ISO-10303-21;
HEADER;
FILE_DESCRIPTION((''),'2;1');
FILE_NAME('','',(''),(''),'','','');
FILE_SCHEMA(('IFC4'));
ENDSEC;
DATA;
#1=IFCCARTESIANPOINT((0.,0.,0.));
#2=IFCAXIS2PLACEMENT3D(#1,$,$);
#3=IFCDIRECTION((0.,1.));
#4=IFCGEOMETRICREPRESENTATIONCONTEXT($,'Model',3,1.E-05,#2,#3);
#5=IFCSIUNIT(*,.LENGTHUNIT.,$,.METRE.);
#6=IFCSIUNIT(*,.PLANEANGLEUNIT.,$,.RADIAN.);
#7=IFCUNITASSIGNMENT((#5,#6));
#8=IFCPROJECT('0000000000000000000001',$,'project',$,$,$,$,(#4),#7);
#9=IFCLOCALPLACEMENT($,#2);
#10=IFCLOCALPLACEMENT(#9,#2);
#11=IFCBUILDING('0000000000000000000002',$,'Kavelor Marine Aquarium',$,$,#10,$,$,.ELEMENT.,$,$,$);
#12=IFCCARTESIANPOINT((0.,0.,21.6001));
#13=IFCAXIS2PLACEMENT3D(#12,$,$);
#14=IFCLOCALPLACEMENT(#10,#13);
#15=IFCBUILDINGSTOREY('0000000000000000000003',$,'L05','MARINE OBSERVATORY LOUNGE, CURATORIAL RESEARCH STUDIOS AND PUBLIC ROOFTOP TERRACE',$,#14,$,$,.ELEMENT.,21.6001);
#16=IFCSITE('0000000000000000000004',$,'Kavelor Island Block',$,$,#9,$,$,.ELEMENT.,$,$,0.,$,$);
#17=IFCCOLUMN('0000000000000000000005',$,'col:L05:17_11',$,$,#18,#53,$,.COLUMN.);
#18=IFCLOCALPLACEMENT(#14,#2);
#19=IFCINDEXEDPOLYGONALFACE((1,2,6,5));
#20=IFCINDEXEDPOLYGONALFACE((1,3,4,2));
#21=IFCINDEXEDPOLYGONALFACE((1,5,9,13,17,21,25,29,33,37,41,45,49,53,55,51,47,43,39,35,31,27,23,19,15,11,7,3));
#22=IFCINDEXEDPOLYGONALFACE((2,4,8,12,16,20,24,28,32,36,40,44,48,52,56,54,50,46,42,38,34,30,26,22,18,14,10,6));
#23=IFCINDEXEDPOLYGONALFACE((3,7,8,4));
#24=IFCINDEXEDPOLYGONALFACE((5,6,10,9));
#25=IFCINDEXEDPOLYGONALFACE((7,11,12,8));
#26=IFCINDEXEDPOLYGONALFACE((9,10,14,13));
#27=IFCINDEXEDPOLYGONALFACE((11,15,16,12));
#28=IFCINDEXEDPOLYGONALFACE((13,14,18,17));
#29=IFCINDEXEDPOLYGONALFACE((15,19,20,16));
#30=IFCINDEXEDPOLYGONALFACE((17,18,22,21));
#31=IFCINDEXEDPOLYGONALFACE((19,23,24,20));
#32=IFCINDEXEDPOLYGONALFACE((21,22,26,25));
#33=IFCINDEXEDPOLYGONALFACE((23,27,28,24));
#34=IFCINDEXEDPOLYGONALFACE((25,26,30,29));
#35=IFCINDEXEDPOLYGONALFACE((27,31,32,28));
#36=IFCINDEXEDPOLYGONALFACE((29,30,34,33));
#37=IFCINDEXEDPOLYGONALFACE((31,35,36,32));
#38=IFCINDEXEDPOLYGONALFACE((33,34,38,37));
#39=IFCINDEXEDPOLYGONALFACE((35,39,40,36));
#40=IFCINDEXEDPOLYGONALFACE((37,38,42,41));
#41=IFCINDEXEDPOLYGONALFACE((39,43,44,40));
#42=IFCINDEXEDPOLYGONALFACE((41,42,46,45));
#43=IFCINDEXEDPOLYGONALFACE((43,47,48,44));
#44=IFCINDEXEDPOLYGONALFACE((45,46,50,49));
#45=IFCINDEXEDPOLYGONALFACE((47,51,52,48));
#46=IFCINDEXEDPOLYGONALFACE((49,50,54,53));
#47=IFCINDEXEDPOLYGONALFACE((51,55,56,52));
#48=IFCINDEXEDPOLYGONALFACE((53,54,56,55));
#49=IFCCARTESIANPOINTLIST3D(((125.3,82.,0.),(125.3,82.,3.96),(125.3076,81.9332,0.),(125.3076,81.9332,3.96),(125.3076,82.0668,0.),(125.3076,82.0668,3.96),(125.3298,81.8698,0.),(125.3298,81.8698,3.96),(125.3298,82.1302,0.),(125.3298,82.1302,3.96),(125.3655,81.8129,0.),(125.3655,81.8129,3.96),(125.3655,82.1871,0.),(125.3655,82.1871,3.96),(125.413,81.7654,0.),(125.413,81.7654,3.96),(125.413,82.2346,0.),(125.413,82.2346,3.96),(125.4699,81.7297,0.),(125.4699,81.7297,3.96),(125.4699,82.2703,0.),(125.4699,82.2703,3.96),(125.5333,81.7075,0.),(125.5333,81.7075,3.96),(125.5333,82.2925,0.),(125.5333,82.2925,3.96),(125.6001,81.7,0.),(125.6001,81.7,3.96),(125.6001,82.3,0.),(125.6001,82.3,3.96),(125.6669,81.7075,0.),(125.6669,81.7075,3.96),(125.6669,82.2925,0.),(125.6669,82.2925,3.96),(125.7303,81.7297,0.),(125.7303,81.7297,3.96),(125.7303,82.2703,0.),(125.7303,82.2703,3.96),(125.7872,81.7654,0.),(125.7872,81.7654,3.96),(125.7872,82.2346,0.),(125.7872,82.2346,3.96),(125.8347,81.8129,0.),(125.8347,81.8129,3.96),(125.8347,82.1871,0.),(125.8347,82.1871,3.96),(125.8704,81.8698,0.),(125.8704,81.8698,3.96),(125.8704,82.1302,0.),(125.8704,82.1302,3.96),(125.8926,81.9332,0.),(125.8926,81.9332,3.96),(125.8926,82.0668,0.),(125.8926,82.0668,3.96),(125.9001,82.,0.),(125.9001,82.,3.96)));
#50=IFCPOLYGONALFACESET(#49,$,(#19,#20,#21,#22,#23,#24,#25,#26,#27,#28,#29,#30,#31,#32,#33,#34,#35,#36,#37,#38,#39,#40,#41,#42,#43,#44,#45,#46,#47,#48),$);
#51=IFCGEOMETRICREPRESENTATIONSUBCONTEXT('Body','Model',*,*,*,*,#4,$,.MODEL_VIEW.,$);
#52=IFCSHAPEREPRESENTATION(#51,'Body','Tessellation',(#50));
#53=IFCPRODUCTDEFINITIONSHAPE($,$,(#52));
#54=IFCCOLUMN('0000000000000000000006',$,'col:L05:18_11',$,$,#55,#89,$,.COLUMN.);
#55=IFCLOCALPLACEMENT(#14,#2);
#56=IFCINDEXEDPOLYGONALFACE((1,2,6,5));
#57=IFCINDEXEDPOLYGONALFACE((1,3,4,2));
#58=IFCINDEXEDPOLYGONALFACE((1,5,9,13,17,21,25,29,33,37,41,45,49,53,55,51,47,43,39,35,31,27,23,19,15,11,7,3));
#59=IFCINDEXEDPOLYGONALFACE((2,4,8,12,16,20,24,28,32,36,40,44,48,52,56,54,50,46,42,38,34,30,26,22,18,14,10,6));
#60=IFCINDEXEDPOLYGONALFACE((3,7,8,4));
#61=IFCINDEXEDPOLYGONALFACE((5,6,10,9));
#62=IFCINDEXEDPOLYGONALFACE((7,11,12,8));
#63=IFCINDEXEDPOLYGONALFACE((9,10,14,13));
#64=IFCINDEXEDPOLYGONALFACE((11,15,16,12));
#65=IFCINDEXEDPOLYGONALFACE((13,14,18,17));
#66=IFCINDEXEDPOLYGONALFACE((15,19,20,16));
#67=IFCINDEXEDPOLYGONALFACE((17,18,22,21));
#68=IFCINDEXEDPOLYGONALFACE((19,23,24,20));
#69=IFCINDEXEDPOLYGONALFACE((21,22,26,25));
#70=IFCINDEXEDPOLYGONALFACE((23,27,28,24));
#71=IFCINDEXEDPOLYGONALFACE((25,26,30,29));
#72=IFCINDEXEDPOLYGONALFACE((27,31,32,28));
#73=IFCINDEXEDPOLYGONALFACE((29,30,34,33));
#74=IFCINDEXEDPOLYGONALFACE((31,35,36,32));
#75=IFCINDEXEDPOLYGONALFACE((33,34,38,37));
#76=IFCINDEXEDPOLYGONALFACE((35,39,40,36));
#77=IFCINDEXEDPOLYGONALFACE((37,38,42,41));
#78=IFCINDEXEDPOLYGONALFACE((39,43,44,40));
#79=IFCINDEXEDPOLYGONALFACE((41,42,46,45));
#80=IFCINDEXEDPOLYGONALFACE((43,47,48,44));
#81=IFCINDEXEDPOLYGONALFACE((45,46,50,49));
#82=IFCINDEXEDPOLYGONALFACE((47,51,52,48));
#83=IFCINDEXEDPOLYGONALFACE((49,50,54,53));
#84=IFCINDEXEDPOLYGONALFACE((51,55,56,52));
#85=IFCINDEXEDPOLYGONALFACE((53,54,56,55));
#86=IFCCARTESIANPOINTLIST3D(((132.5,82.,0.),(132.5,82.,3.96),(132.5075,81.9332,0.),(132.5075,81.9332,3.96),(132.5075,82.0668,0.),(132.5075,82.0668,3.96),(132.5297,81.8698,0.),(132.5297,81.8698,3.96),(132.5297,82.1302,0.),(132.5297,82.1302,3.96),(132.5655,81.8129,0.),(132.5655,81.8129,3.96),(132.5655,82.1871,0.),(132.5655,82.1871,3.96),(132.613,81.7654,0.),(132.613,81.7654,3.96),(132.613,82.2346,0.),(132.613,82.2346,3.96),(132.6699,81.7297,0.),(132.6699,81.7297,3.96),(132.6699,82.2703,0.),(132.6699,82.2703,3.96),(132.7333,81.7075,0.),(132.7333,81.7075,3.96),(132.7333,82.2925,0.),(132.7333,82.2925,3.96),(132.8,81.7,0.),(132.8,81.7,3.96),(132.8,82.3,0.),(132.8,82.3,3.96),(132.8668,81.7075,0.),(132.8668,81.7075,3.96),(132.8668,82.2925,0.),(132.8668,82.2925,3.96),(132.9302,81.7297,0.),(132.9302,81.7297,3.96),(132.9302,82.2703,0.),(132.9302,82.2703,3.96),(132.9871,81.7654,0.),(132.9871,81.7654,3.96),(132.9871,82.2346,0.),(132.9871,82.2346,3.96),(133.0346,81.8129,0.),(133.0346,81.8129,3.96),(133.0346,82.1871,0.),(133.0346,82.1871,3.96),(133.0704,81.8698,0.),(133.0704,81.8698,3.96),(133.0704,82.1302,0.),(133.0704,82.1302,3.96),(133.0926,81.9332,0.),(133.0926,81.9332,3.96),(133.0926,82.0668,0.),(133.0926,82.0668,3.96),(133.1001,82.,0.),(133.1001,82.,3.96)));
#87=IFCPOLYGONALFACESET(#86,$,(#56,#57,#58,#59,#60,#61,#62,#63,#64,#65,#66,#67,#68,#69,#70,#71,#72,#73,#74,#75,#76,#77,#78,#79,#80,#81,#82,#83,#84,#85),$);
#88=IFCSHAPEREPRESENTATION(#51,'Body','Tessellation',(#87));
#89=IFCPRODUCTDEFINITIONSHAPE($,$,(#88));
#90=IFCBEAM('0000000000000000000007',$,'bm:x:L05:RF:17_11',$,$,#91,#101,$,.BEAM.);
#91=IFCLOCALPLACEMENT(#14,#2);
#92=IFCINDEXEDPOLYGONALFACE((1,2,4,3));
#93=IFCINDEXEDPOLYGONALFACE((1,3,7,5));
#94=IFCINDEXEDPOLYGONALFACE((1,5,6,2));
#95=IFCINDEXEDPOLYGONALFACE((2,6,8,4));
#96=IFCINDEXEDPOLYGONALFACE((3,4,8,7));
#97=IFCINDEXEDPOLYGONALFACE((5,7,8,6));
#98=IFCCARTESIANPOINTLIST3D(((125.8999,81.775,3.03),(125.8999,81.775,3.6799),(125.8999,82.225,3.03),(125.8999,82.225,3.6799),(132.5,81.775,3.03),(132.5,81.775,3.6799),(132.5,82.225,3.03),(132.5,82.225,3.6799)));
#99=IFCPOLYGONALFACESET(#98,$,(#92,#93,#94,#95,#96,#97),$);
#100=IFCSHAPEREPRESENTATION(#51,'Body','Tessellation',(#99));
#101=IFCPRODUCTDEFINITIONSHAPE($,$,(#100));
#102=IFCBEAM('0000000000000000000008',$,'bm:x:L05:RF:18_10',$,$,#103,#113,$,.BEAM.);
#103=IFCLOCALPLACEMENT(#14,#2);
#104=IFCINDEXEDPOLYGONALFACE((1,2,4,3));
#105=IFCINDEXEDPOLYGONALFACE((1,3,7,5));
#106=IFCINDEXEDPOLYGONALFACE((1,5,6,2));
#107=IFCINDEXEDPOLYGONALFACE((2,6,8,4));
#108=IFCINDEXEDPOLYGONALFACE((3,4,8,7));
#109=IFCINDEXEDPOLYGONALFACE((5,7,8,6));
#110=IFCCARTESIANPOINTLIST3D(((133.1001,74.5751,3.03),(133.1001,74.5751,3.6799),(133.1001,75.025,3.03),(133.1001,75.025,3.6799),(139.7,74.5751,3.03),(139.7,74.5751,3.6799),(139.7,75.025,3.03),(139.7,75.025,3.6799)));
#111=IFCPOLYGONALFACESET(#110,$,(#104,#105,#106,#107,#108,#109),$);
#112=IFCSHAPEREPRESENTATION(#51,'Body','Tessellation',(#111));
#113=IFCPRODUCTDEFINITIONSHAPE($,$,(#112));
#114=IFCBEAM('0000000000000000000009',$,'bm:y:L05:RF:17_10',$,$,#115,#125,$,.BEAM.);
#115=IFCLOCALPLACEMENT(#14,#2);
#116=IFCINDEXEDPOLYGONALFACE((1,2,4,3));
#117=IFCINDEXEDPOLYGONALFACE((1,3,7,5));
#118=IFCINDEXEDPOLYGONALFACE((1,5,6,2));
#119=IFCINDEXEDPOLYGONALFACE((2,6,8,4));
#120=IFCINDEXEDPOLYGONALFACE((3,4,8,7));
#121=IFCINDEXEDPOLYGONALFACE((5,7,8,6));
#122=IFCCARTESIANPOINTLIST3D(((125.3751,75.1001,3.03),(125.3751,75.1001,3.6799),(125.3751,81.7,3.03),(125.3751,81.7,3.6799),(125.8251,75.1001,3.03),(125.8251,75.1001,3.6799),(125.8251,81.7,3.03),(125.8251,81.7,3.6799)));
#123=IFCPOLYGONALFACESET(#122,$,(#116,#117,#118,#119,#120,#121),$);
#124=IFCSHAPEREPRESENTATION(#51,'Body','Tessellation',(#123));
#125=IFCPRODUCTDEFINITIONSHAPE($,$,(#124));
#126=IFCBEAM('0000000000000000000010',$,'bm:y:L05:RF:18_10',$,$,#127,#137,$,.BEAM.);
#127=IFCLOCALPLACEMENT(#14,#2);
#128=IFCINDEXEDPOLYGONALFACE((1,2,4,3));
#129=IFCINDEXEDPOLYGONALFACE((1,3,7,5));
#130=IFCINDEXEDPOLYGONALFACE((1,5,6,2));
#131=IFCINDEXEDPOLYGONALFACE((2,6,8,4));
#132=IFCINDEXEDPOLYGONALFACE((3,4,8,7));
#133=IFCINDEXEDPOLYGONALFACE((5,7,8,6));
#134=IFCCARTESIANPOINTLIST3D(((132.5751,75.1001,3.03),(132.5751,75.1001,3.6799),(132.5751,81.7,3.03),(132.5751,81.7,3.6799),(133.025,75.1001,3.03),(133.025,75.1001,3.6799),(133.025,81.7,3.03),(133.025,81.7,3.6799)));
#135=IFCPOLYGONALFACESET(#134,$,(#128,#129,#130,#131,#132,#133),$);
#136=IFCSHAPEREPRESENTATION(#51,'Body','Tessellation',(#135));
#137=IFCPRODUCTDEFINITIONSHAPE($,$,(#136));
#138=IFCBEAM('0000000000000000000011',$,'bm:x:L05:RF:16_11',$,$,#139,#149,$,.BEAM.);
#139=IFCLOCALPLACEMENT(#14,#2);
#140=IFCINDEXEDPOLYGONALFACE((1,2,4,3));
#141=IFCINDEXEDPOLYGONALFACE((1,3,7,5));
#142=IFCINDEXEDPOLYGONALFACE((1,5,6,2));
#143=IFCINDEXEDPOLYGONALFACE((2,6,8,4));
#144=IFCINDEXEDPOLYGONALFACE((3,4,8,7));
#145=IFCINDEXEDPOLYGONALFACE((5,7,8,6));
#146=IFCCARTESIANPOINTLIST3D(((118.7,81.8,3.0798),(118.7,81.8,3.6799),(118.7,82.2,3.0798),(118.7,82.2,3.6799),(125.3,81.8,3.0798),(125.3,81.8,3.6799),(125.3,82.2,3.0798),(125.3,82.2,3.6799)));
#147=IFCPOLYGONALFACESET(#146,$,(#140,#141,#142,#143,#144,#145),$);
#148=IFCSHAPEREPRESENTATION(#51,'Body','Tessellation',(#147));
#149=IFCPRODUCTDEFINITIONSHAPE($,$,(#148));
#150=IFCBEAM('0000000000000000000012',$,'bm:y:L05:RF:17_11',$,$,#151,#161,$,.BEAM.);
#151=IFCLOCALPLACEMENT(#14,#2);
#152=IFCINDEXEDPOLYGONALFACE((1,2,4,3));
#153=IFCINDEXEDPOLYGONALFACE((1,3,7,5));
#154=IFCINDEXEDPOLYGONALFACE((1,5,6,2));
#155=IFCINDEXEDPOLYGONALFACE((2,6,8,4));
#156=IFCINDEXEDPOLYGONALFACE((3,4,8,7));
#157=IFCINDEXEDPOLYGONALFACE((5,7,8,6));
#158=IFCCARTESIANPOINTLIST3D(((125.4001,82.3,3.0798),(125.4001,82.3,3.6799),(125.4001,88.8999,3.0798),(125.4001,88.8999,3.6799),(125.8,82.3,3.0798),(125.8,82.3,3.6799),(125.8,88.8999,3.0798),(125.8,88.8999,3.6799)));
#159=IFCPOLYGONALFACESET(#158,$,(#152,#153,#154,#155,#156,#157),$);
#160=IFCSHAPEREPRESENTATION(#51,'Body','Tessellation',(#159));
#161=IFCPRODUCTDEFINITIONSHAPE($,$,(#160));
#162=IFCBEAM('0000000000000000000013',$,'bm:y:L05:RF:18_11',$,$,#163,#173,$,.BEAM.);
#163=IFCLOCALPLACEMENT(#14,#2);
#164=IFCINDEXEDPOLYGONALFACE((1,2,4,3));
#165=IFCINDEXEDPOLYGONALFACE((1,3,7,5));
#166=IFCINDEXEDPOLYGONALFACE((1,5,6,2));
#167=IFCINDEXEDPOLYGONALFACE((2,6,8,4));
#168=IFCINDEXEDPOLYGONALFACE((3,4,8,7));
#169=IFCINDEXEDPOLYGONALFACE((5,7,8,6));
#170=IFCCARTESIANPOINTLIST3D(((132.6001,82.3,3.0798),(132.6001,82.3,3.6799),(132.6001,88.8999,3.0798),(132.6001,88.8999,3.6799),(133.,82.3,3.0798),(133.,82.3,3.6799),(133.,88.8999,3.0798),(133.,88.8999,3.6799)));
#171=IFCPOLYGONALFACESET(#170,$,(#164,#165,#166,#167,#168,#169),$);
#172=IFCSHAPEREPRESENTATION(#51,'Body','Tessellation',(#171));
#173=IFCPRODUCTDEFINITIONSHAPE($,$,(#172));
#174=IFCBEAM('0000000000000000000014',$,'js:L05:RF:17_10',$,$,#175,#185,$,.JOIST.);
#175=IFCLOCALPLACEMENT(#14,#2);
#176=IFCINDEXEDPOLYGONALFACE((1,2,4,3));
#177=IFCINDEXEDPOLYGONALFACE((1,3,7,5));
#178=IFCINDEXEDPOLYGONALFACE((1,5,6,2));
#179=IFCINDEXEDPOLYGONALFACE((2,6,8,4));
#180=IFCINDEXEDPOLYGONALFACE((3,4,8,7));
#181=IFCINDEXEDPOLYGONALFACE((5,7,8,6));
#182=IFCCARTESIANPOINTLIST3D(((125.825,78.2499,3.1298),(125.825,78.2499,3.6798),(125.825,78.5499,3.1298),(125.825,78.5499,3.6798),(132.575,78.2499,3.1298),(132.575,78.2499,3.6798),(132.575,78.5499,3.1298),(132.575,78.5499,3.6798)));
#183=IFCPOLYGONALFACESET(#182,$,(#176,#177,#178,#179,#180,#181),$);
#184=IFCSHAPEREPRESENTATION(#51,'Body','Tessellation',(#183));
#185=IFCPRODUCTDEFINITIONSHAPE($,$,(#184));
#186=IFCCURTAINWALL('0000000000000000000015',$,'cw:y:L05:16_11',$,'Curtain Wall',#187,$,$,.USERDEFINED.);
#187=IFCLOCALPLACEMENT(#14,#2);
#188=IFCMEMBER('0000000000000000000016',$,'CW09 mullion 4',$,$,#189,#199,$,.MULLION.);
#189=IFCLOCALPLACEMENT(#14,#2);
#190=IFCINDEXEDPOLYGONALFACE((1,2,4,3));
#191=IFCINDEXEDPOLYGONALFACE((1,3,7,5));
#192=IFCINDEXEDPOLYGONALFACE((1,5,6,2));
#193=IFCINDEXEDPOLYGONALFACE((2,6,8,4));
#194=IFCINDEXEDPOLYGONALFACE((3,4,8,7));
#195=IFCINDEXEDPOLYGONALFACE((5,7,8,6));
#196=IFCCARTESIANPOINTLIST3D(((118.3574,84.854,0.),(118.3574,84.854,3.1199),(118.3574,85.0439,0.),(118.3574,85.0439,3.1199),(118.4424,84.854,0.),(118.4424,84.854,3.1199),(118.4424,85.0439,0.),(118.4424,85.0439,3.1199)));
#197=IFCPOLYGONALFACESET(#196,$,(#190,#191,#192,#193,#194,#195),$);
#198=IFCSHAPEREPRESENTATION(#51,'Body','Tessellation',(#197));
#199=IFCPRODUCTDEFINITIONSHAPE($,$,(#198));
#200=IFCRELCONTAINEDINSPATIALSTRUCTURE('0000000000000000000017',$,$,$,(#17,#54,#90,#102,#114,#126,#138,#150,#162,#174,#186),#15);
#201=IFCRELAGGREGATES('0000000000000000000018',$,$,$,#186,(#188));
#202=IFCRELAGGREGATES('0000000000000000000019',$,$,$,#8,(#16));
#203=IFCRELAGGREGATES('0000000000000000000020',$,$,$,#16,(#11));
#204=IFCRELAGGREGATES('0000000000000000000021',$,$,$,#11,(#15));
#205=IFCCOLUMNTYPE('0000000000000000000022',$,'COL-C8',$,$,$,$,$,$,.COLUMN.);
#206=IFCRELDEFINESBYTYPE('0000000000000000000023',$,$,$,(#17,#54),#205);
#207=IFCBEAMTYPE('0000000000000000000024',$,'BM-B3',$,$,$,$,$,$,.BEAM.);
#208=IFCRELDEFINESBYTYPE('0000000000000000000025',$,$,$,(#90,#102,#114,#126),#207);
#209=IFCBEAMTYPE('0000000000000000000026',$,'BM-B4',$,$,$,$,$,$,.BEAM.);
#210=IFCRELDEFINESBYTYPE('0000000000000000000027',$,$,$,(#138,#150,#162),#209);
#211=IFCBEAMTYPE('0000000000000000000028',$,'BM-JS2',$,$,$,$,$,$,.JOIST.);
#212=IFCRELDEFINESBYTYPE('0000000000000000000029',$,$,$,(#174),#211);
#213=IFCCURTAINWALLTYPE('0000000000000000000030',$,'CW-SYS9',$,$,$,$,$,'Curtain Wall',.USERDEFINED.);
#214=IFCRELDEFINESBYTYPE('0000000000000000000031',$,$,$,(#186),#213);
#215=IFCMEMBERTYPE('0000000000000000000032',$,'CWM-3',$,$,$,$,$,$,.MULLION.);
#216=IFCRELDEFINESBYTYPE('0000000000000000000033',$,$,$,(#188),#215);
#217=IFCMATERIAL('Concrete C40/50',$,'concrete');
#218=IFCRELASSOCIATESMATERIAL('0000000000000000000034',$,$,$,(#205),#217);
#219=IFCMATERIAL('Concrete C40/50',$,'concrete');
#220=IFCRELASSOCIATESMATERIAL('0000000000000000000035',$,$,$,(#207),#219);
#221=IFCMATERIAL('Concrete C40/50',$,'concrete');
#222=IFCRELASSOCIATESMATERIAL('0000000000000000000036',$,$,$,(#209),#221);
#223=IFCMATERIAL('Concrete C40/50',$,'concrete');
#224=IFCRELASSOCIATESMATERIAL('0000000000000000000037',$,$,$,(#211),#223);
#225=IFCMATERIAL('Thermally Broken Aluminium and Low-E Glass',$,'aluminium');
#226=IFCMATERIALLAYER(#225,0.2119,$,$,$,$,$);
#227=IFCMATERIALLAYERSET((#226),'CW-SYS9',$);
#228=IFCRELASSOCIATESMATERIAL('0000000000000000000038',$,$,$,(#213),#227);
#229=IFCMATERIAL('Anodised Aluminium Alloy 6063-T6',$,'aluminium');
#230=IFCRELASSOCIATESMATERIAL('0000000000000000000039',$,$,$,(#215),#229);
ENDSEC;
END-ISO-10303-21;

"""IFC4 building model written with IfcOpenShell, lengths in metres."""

from ifc_helpers import new_model, si_unit, direction, frame, origin, origin_2d, place, context, subcontext, project, spatial, rectangle, circle, extrude, material, layer, layer_set, material_profile, profile_set, type_object, element, aggregate, save


model = new_model("IFC4")

# Units and contexts
model_context = context("Model", 3, precision=1e-05, world=origin(), true_north=direction((0.0, 1.0)))
body_context = subcontext(model_context, "Body", "Model", "MODEL_VIEW")
ifc_project = project(units=[si_unit("LENGTHUNIT", "METRE"), si_unit("PLANEANGLEUNIT", "RADIAN")], contexts=[model_context])

# Site, building, storey
site_placement = place(None, origin())
site = spatial("IfcSite", under=ifc_project, at=site_placement, Name="Kavelor Island Block", CompositionType="ELEMENT", RefElevation=0.0)
building_placement = place(site_placement, origin())
building = spatial("IfcBuilding", under=site, at=building_placement, Name="Kavelor Marine Aquarium", CompositionType="ELEMENT")
storey_placement = place(building_placement, frame((0.0, 0.0, 21.6001)))
storey = spatial("IfcBuildingStorey", under=building, at=storey_placement, Name="L05", Description="MARINE OBSERVATORY LOUNGE, CURATORIAL RESEARCH STUDIOS AND PUBLIC ROOFTOP TERRACE", CompositionType="ELEMENT", Elevation=21.6001)

# Columns
ifc_material_1 = material(Name="Concrete C40/50", Category="concrete")
ifc_material_profile_1 = material_profile(ifc_material_1, circle(Radius=0.3, at=origin_2d()), Name="RC-COL D600")
ifc_profile_set_1 = profile_set([ifc_material_profile_1], Name="Concrete C40/50")
column_type = type_object("IfcColumnType", Name="COL-C8", PredefinedType="COLUMN", material=ifc_profile_set_1)
for number, where, z_axis, x_axis, name in (
    (1, (125.6001, 82.0, 0.0), (0.0, 0.0, 1.0), (1.0, 0.0, 0.0), "col:L05:17_11"),
    (2, (132.8, 82.0, 0.0), (0.0, 0.0, 1.0), (1.0, 0.0, 0.0), "col:L05:18_11"),
):
    element("IfcColumn", number, at=place(storey_placement, frame(where, z_axis=z_axis, x_axis=x_axis)), inside=storey, type_object=column_type, Name=name, PredefinedType="COLUMN", context=body_context, shape_type="SweptSolid", body=[
        extrude(circle(Radius=0.3, at=origin_2d()), origin(), (0.0, 0.0, 1.0), 3.96),
    ])

# Beams
ifc_material_2 = material(Name="Concrete C40/50", Category="concrete")
ifc_material_profile_2 = material_profile(ifc_material_2, rectangle(XDim=0.45, YDim=0.6499, at=origin_2d()), Name="RC-BM 450x650")
ifc_profile_set_2 = profile_set([ifc_material_profile_2], Name="Concrete C40/50")
beam_type_1 = type_object("IfcBeamType", Name="BM-B3", PredefinedType="BEAM", material=ifc_profile_set_2)
beam_1_placement = place(storey_placement, frame((125.8999, 82.0, 3.355), z_axis=(1.0, 0.0, 0.0), x_axis=(0.0, 1.0, 0.0)))
element("IfcBeam", 3, at=beam_1_placement, inside=storey, type_object=beam_type_1, Name="bm:x:L05:RF:17_11", PredefinedType="BEAM", context=body_context, shape_type="SweptSolid", body=[
    extrude(rectangle(XDim=0.45, YDim=0.6499, at=origin_2d()), origin(), (0.0, 0.0, 1.0), 6.6001),
])
for number, where, z_axis, x_axis, name in (
    (4, (133.1001, 74.8, 3.355), (1.0, 0.0, 0.0), (0.0, 1.0, 0.0), "bm:x:L05:RF:18_10"),
    (5, (125.6001, 75.1001, 3.355), (0.0, 1.0, 0.0), (-1.0, 0.0, 0.0), "bm:y:L05:RF:17_10"),
    (6, (132.8, 75.1001, 3.355), (0.0, 1.0, 0.0), (-1.0, 0.0, 0.0), "bm:y:L05:RF:18_10"),
):
    element("IfcBeam", number, at=place(storey_placement, frame(where, z_axis=z_axis, x_axis=x_axis)), inside=storey, type_object=beam_type_1, Name=name, PredefinedType="BEAM", context=body_context, shape_type="SweptSolid", body=[
        extrude(rectangle(XDim=0.45, YDim=0.6499, at=origin_2d()), origin(), (0.0, 0.0, 1.0), 6.5999),
    ])
ifc_material_3 = material(Name="Concrete C40/50", Category="concrete")
ifc_material_profile_3 = material_profile(ifc_material_3, rectangle(XDim=0.3999, YDim=0.6001, at=origin_2d()), Name="RC-BM 400x600")
ifc_profile_set_3 = profile_set([ifc_material_profile_3], Name="Concrete C40/50")
beam_type_2 = type_object("IfcBeamType", Name="BM-B4", PredefinedType="BEAM", material=ifc_profile_set_3)
beam_2_placement = place(storey_placement, frame((118.7, 82.0, 3.3799), z_axis=(1.0, 0.0, 0.0), x_axis=(0.0, 1.0, 0.0)))
element("IfcBeam", 7, at=beam_2_placement, inside=storey, type_object=beam_type_2, Name="bm:x:L05:RF:16_11", PredefinedType="BEAM", context=body_context, shape_type="SweptSolid", body=[
    extrude(rectangle(XDim=0.3999, YDim=0.6001, at=origin_2d()), origin(), (0.0, 0.0, 1.0), 6.6001),
])
for number, where, z_axis, x_axis, name in (
    (8, (125.6001, 82.3, 3.3799), (0.0, 1.0, 0.0), (-1.0, 0.0, 0.0), "bm:y:L05:RF:17_11"),
    (9, (132.8, 82.3, 3.3799), (0.0, 1.0, 0.0), (-1.0, 0.0, 0.0), "bm:y:L05:RF:18_11"),
):
    element("IfcBeam", number, at=place(storey_placement, frame(where, z_axis=z_axis, x_axis=x_axis)), inside=storey, type_object=beam_type_2, Name=name, PredefinedType="BEAM", context=body_context, shape_type="SweptSolid", body=[
        extrude(rectangle(XDim=0.3999, YDim=0.6001, at=origin_2d()), origin(), (0.0, 0.0, 1.0), 6.5999),
    ])
ifc_material_4 = material(Name="Concrete C40/50", Category="concrete")
ifc_material_profile_4 = material_profile(ifc_material_4, rectangle(XDim=0.3, YDim=0.55, at=origin_2d()), Name="RC-JS 300x550")
ifc_profile_set_4 = profile_set([ifc_material_profile_4], Name="Concrete C40/50")
beam_type_3 = type_object("IfcBeamType", Name="BM-JS2", PredefinedType="JOIST", material=ifc_profile_set_4)
beam_3_placement = place(storey_placement, frame((125.825, 78.3999, 3.4048), z_axis=(1.0, 0.0, 0.0), x_axis=(0.0, 1.0, 0.0)))
element("IfcBeam", 10, at=beam_3_placement, inside=storey, type_object=beam_type_3, Name="js:L05:RF:17_10", PredefinedType="JOIST", context=body_context, shape_type="SweptSolid", body=[
    extrude(rectangle(XDim=0.3, YDim=0.55, at=origin_2d()), origin(), (0.0, 0.0, 1.0), 6.75),
])

# Curtain wall, member
ifc_material_5 = material(Name="Thermally Broken Aluminium and Low-E Glass", Category="aluminium")
ifc_layer_1 = layer(ifc_material_5, 0.2119)
ifc_layer_set_1 = layer_set([ifc_layer_1], Name="CW-SYS9")
curtain_wall_type = type_object("IfcCurtainWallType", Name="CW-SYS9", ElementType="Curtain Wall", PredefinedType="USERDEFINED", material=ifc_layer_set_1)
curtain_wall_placement = place(storey_placement, origin())
curtain_wall = element("IfcCurtainWall", 11, at=curtain_wall_placement, inside=storey, type_object=curtain_wall_type, Name="cw:y:L05:16_11", ObjectType="Curtain Wall", PredefinedType="USERDEFINED")
ifc_material_6 = material(Name="Anodised Aluminium Alloy 6063-T6", Category="aluminium")
ifc_material_profile_5 = material_profile(ifc_material_6, rectangle(XDim=0.085, YDim=0.1899, at=origin_2d()), Name="CW-MUL 85x190")
ifc_profile_set_5 = profile_set([ifc_material_profile_5], Name="Anodised Aluminium Alloy 6063-T6")
member_type_1 = type_object("IfcMemberType", Name="CWM-3", PredefinedType="MULLION", material=ifc_profile_set_5)
member_1_placement = place(storey_placement, frame((118.3999, 84.949, 0.0), z_axis=(0.0, 0.0, 1.0), x_axis=(1.0, 0.0, 0.0)))
member_1 = element("IfcMember", 12, at=member_1_placement, type_object=member_type_1, Name="CW09 mullion 4", PredefinedType="MULLION", context=body_context, shape_type="SweptSolid", body=[
    extrude(rectangle(XDim=0.085, YDim=0.1899, at=origin_2d()), origin(), (0.0, 0.0, 1.0), 3.1199),
])

aggregate(curtain_wall, [member_1])

save(model, "model.ifc")
